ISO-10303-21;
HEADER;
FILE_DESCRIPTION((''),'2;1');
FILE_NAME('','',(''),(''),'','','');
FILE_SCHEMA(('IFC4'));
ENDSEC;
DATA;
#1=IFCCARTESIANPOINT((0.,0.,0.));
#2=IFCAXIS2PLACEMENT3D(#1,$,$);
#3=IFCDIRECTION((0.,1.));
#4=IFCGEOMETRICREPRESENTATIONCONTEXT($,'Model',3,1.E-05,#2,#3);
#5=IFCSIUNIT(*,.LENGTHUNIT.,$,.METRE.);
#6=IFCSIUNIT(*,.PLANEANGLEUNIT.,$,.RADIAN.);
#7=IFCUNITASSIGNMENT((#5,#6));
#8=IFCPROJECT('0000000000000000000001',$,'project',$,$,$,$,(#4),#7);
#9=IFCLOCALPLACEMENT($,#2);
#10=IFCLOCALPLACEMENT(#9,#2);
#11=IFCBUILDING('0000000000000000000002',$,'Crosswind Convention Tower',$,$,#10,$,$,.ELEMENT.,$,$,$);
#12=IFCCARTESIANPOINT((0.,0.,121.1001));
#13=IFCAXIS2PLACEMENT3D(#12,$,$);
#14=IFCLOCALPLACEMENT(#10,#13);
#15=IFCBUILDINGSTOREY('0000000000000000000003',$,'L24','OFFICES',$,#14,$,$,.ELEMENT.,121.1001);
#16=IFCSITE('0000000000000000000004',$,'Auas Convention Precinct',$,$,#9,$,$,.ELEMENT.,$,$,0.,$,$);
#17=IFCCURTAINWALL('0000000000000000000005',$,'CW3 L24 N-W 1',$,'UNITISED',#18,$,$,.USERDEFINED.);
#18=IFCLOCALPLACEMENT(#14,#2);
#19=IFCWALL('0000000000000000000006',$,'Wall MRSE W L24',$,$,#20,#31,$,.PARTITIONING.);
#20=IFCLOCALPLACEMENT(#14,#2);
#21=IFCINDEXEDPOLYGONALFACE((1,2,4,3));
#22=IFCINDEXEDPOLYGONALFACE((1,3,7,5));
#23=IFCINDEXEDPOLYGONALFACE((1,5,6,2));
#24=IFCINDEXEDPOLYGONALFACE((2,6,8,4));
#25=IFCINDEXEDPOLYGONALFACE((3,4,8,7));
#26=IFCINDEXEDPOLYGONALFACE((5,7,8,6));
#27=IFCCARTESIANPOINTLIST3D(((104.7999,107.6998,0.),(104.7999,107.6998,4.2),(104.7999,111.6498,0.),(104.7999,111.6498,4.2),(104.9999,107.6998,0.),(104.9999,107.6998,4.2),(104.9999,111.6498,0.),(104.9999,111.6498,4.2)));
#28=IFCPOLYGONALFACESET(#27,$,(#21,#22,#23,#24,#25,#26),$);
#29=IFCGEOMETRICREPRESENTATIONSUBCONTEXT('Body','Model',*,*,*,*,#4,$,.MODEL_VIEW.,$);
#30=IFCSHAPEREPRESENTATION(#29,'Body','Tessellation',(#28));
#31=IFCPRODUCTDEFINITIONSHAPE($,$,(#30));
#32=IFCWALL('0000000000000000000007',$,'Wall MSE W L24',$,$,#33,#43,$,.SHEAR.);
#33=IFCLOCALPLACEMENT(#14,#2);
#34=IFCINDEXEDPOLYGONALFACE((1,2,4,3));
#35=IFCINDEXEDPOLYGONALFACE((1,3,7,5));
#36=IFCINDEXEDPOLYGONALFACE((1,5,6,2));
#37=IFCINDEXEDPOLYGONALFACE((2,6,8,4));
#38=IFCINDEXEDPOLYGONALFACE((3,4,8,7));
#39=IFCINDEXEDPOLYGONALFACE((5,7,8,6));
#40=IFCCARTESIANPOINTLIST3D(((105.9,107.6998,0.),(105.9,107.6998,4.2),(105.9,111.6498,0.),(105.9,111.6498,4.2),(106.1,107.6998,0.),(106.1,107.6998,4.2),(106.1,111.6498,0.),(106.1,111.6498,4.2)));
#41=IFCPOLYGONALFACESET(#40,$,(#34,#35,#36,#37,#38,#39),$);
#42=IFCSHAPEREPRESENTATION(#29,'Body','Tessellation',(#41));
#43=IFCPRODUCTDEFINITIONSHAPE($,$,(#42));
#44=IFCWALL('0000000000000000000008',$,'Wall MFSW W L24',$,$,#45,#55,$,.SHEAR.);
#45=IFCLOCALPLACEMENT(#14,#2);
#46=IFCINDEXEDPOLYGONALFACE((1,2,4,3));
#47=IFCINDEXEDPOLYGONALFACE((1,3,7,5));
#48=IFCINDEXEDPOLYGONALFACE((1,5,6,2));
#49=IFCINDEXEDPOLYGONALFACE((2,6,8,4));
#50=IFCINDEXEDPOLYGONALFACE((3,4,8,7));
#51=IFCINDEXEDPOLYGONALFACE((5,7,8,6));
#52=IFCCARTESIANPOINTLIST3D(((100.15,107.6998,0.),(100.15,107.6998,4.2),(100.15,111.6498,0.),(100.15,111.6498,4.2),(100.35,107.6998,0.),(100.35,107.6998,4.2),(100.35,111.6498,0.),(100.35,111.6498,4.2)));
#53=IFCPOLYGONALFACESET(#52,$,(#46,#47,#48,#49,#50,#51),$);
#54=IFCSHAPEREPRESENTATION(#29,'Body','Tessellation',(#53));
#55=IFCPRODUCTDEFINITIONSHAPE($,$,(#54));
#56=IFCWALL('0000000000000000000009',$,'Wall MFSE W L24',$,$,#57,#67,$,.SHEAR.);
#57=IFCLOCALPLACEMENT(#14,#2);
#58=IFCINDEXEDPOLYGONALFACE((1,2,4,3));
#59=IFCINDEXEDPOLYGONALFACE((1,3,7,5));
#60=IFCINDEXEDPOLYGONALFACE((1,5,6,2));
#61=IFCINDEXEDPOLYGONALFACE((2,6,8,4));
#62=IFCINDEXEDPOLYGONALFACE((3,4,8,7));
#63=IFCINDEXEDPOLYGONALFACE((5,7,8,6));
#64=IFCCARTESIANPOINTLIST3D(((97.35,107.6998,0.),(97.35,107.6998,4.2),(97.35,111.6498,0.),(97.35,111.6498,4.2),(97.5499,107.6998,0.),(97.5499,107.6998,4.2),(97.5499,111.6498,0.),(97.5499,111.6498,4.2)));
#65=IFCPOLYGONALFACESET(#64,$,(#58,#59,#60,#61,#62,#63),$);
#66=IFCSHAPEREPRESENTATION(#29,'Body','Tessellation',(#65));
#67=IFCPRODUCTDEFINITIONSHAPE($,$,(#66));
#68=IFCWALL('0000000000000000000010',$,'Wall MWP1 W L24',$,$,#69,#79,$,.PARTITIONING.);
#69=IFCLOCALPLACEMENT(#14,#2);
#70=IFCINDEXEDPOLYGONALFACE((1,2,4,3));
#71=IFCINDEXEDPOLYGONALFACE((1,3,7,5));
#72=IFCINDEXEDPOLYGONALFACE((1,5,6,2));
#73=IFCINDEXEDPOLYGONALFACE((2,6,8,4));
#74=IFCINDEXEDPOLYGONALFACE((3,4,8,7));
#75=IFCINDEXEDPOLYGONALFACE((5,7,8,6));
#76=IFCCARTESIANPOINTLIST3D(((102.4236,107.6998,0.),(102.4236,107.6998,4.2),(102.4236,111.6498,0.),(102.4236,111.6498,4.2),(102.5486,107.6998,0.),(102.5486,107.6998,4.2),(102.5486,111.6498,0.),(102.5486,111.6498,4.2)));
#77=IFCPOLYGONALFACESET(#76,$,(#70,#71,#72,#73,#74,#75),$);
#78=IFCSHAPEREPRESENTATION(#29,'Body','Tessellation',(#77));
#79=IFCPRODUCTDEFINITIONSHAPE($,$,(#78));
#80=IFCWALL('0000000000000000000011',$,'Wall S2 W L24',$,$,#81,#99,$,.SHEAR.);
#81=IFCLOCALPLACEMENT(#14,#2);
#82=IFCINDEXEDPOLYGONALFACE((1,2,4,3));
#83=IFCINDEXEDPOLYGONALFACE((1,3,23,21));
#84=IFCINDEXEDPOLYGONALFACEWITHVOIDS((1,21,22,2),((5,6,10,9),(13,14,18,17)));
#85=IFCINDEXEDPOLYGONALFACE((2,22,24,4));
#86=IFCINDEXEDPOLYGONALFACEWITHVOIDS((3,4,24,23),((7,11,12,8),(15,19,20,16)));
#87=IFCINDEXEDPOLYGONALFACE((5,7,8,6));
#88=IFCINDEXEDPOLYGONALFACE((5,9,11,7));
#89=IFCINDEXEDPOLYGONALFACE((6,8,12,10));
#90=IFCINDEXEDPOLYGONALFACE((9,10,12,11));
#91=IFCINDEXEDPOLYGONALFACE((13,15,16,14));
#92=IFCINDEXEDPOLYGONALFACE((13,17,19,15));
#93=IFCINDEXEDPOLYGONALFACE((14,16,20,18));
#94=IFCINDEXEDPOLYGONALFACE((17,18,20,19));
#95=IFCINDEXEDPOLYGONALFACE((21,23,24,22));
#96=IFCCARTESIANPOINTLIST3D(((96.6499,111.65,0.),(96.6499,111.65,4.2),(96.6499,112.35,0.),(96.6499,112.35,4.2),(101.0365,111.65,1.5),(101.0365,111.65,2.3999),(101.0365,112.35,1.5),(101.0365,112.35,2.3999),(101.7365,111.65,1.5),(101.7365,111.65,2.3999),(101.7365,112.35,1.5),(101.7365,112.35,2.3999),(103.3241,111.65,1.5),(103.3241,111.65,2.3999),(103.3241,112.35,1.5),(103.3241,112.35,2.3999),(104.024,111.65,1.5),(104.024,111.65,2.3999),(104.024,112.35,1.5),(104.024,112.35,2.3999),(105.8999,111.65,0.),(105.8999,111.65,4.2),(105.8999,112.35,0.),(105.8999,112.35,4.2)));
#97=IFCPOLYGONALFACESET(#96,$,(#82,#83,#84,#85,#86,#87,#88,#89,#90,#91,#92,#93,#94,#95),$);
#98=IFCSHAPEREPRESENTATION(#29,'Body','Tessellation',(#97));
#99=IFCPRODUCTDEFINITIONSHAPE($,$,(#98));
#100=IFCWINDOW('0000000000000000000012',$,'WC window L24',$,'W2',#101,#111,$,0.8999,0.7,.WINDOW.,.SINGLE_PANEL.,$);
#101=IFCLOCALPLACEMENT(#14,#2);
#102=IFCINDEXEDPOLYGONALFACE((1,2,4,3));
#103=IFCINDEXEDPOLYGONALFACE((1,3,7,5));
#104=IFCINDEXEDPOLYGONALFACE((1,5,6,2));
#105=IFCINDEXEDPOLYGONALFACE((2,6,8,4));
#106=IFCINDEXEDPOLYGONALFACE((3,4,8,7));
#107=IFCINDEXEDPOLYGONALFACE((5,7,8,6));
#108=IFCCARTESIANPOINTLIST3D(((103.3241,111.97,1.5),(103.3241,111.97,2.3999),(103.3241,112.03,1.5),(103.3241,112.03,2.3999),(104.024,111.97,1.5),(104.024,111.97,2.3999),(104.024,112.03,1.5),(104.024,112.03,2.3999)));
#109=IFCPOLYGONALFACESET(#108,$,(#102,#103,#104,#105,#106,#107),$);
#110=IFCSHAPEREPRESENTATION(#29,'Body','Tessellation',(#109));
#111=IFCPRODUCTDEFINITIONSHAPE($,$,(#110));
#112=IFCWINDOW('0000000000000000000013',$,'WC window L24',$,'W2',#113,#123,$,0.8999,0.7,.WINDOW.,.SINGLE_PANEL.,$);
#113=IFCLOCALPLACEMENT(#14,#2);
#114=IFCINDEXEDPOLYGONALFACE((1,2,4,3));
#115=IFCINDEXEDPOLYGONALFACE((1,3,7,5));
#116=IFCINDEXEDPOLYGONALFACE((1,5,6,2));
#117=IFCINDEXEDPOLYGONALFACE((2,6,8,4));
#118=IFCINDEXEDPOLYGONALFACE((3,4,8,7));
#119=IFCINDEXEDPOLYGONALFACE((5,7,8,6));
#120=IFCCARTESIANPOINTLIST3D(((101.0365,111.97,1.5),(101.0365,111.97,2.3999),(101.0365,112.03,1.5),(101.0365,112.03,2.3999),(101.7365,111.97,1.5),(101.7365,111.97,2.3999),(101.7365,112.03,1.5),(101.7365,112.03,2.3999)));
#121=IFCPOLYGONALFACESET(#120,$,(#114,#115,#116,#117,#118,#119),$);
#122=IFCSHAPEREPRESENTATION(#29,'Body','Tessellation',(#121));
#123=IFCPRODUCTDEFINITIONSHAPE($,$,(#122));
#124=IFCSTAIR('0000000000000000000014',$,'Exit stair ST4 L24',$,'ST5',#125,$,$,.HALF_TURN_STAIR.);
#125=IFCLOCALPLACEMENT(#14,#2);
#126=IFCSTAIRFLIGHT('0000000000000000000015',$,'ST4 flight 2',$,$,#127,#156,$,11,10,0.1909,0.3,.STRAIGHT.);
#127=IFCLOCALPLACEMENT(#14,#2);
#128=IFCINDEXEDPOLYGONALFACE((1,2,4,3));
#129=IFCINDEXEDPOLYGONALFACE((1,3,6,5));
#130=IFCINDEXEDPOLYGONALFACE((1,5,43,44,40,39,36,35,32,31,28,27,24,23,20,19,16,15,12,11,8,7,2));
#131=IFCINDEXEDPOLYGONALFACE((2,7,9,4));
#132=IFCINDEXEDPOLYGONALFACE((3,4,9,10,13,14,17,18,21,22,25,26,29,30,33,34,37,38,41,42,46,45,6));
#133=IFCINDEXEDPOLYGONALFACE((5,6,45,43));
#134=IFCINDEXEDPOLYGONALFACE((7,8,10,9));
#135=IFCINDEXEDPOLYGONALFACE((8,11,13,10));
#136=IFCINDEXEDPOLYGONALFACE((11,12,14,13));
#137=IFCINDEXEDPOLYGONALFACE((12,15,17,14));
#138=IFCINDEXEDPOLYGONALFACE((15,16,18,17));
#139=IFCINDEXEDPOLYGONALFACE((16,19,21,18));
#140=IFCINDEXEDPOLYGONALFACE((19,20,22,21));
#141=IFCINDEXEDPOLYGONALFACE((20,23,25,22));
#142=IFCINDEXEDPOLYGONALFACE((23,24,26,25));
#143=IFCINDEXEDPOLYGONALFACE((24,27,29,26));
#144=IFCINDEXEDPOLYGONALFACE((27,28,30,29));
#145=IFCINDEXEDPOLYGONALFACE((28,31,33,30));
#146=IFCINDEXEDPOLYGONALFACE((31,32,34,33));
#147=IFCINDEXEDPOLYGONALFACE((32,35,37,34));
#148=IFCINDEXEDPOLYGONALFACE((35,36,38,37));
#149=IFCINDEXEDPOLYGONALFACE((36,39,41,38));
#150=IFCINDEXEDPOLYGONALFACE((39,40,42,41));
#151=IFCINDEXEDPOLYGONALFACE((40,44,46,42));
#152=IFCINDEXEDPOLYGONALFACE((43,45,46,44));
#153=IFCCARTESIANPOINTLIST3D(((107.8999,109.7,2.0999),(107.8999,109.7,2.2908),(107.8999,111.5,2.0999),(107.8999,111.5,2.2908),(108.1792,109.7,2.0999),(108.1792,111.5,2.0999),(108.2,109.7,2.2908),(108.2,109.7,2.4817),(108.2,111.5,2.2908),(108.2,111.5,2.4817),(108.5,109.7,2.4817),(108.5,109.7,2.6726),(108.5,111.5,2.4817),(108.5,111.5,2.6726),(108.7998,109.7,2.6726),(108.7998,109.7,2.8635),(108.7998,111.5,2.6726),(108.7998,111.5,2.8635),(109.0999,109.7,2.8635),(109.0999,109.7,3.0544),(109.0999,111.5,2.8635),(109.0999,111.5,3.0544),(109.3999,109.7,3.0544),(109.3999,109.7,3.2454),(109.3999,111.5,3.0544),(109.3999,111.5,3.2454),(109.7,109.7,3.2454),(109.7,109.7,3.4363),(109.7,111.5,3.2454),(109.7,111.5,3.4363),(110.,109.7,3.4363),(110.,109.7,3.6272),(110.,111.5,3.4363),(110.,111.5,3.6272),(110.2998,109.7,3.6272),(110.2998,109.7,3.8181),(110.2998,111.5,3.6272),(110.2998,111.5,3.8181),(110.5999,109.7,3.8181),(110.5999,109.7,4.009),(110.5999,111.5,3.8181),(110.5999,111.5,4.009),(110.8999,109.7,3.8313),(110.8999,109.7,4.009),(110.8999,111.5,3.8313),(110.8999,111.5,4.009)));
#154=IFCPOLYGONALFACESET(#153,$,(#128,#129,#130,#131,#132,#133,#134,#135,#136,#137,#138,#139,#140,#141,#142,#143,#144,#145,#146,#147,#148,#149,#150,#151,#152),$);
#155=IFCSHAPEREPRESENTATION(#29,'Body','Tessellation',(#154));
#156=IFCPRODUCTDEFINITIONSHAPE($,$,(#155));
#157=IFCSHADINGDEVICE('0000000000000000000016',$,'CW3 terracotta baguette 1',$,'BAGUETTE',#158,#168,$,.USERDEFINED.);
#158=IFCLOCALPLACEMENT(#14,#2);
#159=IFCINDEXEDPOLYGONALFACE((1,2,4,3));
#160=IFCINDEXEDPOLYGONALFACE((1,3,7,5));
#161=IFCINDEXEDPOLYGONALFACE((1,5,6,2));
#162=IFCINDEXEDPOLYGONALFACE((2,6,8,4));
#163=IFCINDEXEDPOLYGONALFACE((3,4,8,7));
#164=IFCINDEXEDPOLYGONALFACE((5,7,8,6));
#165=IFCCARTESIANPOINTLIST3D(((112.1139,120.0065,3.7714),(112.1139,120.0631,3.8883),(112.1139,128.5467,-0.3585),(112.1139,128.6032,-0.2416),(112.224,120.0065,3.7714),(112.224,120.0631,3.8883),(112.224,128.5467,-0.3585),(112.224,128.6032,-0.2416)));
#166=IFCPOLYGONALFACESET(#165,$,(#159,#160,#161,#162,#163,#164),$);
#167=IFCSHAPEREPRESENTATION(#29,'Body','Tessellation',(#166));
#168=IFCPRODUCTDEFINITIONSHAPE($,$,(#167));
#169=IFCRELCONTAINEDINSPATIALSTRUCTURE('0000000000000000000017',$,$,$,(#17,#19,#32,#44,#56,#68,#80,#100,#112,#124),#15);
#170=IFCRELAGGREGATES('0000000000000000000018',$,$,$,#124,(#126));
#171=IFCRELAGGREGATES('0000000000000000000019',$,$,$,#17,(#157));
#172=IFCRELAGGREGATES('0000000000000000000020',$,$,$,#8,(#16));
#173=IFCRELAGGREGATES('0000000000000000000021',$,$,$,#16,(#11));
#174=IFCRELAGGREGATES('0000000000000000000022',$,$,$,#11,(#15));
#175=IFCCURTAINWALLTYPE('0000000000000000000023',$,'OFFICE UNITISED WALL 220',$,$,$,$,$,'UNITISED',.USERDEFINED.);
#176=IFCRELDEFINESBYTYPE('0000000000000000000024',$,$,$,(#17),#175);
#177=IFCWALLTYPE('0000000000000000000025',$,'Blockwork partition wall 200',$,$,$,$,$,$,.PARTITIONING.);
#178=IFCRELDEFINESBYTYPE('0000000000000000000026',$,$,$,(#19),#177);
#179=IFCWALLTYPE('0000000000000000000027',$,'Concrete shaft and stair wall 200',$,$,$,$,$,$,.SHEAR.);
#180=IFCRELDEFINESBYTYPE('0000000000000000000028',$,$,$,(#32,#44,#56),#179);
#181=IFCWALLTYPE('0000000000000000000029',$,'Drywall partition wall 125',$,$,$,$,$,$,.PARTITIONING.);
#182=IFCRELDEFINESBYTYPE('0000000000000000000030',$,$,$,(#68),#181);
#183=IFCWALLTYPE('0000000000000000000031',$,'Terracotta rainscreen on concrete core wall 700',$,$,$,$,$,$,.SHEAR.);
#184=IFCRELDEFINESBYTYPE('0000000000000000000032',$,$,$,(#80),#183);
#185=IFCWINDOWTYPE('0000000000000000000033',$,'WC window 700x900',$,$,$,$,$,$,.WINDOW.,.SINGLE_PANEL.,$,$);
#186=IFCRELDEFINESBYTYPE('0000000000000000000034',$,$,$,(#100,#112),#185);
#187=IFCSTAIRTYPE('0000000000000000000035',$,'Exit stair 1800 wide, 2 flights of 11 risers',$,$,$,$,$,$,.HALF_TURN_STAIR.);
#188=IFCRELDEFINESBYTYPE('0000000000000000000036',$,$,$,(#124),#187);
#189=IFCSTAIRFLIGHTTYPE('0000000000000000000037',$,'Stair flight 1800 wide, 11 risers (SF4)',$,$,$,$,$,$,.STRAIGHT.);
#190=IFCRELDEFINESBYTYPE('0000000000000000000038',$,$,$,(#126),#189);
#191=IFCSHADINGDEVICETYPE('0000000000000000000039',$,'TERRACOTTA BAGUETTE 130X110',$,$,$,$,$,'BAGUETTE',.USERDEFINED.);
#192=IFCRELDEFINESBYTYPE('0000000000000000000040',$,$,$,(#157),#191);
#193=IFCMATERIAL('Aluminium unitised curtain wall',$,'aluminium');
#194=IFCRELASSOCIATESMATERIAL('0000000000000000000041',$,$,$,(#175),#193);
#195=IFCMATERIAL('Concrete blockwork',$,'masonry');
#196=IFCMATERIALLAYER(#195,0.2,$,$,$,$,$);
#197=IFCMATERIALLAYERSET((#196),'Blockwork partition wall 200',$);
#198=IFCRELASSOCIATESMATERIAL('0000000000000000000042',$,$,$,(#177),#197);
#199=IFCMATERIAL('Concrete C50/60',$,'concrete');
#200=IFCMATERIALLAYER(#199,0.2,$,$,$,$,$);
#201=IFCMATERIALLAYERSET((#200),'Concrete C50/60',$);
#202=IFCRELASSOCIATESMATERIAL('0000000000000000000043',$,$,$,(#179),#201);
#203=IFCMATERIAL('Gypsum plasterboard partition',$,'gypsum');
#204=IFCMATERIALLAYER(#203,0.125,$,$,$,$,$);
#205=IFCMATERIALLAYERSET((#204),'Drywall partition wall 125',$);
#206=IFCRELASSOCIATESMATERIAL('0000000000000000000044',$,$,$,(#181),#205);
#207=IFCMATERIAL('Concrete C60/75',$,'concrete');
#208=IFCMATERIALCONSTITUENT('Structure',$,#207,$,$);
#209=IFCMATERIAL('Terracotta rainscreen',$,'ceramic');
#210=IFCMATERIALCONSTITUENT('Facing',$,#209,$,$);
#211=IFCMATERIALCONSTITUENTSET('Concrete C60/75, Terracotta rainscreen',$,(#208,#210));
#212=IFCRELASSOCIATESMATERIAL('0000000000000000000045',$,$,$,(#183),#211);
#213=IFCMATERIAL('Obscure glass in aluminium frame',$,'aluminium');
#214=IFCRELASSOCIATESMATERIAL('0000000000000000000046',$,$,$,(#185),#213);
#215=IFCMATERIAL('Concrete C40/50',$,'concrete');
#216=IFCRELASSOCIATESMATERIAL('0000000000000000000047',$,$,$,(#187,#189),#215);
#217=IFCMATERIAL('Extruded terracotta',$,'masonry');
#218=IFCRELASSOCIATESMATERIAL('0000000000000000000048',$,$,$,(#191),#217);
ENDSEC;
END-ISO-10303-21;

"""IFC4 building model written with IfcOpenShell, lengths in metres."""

from ifc_helpers import new_model, si_unit, direction, frame, frame_2d, origin, origin_2d, place, context, subcontext, project, spatial, polyline, rectangle, outline, extrude, material, layer, layer_set, constituent, constituent_set, material_profile, profile_set, type_object, element, fill, aggregate, save


model = new_model("IFC4")

# Units and contexts
model_context = context("Model", 3, precision=1e-05, world=origin(), true_north=direction((0.0, 1.0)))
body_context = subcontext(model_context, "Body", "Model", "MODEL_VIEW")
ifc_project = project(units=[si_unit("LENGTHUNIT", "METRE"), si_unit("PLANEANGLEUNIT", "RADIAN")], contexts=[model_context])

# Site, building, storey
site_placement = place(None, origin())
site = spatial("IfcSite", under=ifc_project, at=site_placement, Name="Auas Convention Precinct", CompositionType="ELEMENT", RefElevation=0.0)
building_placement = place(site_placement, origin())
building = spatial("IfcBuilding", under=site, at=building_placement, Name="Crosswind Convention Tower", CompositionType="ELEMENT")
storey_placement = place(building_placement, frame((0.0, 0.0, 121.1001)))
storey = spatial("IfcBuildingStorey", under=building, at=storey_placement, Name="L24", Description="OFFICES", CompositionType="ELEMENT", Elevation=121.1001)

# Shared definitions
ifc_material_1 = material(Name="Concrete C60/75", Category="concrete")

# Shared definitions
ifc_material_2 = material(Name="Aluminium unitised curtain wall", Category="aluminium")

# Shared definitions
curtain_wall_type_1 = type_object("IfcCurtainWallType", Name="OFFICE UNITISED WALL 220", ElementType="UNITISED", PredefinedType="USERDEFINED", material=ifc_material_2)

# Curtain wall
curtain_wall_1_placement = place(storey_placement, origin())
curtain_wall_1 = element("IfcCurtainWall", 1, at=curtain_wall_1_placement, inside=storey, type_object=curtain_wall_type_1, Name="CW3 L24 N-W 1", ObjectType="UNITISED", PredefinedType="USERDEFINED")

# Wall
ifc_material_3 = material(Name="Concrete blockwork", Category="masonry")
ifc_layer_1 = layer(ifc_material_3, 0.2)
ifc_layer_set_1 = layer_set([ifc_layer_1], Name="Blockwork partition wall 200")
wall_type_1 = type_object("IfcWallType", Name="Blockwork partition wall 200", PredefinedType="PARTITIONING", material=ifc_layer_set_1)
wall_1_placement = place(storey_placement, frame((104.8999, 111.6499, 0.0), z_axis=(0.0, 0.0, 1.0), x_axis=(0.0, -1.0, 0.0)))
element("IfcWall", 2, at=wall_1_placement, inside=storey, type_object=wall_type_1, Name="Wall MRSE W L24", PredefinedType="PARTITIONING", context=body_context, shape_type="SweptSolid", body=[
    extrude(rectangle(XDim=3.95, YDim=0.2, at=frame_2d((1.9751, 0.0))), origin(), (0.0, 0.0, 1.0), 4.2),
])

# Walls
ifc_material_4 = material(Name="Concrete C50/60", Category="concrete")
ifc_layer_2 = layer(ifc_material_4, 0.2)
ifc_layer_set_2 = layer_set([ifc_layer_2], Name="Concrete C50/60")
wall_type_2 = type_object("IfcWallType", Name="Concrete shaft and stair wall 200", PredefinedType="SHEAR", material=ifc_layer_set_2)
for number, where, z_axis, x_axis, name in (
    (3, (106.0, 111.6499, 0.0), (0.0, 0.0, 1.0), (0.0, -1.0, 0.0), "Wall MSE W L24"),
    (4, (100.25, 111.6499, 0.0), (0.0, 0.0, 1.0), (0.0, -1.0, 0.0), "Wall MFSW W L24"),
    (5, (97.45, 111.6499, 0.0), (0.0, 0.0, 1.0), (0.0, -1.0, 0.0), "Wall MFSE W L24"),
):
    element("IfcWall", number, at=place(storey_placement, frame(where, z_axis=z_axis, x_axis=x_axis)), inside=storey, type_object=wall_type_2, Name=name, PredefinedType="SHEAR", context=body_context, shape_type="SweptSolid", body=[
        extrude(rectangle(XDim=3.95, YDim=0.2, at=frame_2d((1.9751, 0.0))), origin(), (0.0, 0.0, 1.0), 4.2),
    ])
ifc_material_5 = material(Name="Gypsum plasterboard partition", Category="gypsum")
ifc_layer_3 = layer(ifc_material_5, 0.125)
ifc_layer_set_3 = layer_set([ifc_layer_3], Name="Drywall partition wall 125")
wall_type_3 = type_object("IfcWallType", Name="Drywall partition wall 125", PredefinedType="PARTITIONING", material=ifc_layer_set_3)
wall_2_placement = place(storey_placement, frame((102.4861, 111.6499, 0.0), z_axis=(0.0, 0.0, 1.0), x_axis=(0.0, -1.0, 0.0)))
element("IfcWall", 6, at=wall_2_placement, inside=storey, type_object=wall_type_3, Name="Wall MWP1 W L24", PredefinedType="PARTITIONING", context=body_context, shape_type="SweptSolid", body=[
    extrude(rectangle(XDim=3.95, YDim=0.125, at=frame_2d((1.9751, 0.0))), origin(), (0.0, 0.0, 1.0), 4.2),
])

# Wall, openings, windows
ifc_constituent_1 = constituent(ifc_material_1, Name="Structure")
ifc_material_6 = material(Name="Terracotta rainscreen", Category="ceramic")
ifc_constituent_2 = constituent(ifc_material_6, Name="Facing")
ifc_constituent_set = constituent_set(constituents=[ifc_constituent_1, ifc_constituent_2], Name="Concrete C60/75, Terracotta rainscreen")
wall_type_4 = type_object("IfcWallType", Name="Terracotta rainscreen on concrete core wall 700", PredefinedType="SHEAR", material=ifc_constituent_set)
wall_3_placement = place(storey_placement, frame((105.8999, 112.0, 0.0), z_axis=(0.0, 0.0, 1.0), x_axis=(-1.0, 0.0, 0.0)))
wall_3 = element("IfcWall", 7, at=wall_3_placement, inside=storey, type_object=wall_type_4, Name="Wall S2 W L24", PredefinedType="SHEAR", context=body_context, shape_type="SweptSolid", body=[
    extrude(rectangle(XDim=9.25, YDim=0.7, at=frame_2d((4.625, 0.0))), origin(), (0.0, 0.0, 1.0), 4.2),
])
opening_1_placement = place(wall_3_placement, frame((1.8757, 0.0, 1.5)))
opening_1 = element("IfcOpeningElement", 8, at=opening_1_placement, cuts=wall_3, PredefinedType="OPENING", context=body_context, shape_type="SweptSolid", body=[
    extrude(rectangle(XDim=0.7, YDim=0.8999, at=frame_2d((0.3501, 0.45))), frame((0.0, 0.3599, 0.0), z_axis=(0.0, -1.0, 0.0), x_axis=(1.0, 0.0, 0.0)), (0.0, 0.0, 1.0), 0.72),
])
opening_2_placement = place(wall_3_placement, frame((4.1633, 0.0, 1.5)))
opening_2 = element("IfcOpeningElement", 9, at=opening_2_placement, cuts=wall_3, PredefinedType="OPENING", context=body_context, shape_type="SweptSolid", body=[
    extrude(rectangle(XDim=0.7, YDim=0.8999, at=frame_2d((0.3501, 0.45))), frame((0.0, 0.3599, 0.0), z_axis=(0.0, -1.0, 0.0), x_axis=(1.0, 0.0, 0.0)), (0.0, 0.0, 1.0), 0.72),
])
ifc_material_7 = material(Name="Obscure glass in aluminium frame", Category="aluminium")
window_type = type_object("IfcWindowType", Name="WC window 700x900", PartitioningType="SINGLE_PANEL", PredefinedType="WINDOW", material=ifc_material_7)
window_1_placement = place(opening_1_placement, origin())
window_1 = element("IfcWindow", 10, at=window_1_placement, inside=storey, type_object=window_type, Name="WC window L24", ObjectType="W2", OverallHeight=0.8999, OverallWidth=0.7, PartitioningType="SINGLE_PANEL", PredefinedType="WINDOW", context=body_context, shape_type="SweptSolid", body=[
    extrude(rectangle(XDim=0.7, YDim=0.8999, at=frame_2d((0.3501, 0.45))), frame((0.0, 0.03, 0.0), z_axis=(0.0, -1.0, 0.0), x_axis=(1.0, 0.0, 0.0)), (0.0, 0.0, 1.0), 0.0601),
])
fill(opening_1, window_1)
window_2_placement = place(opening_2_placement, origin())
window_2 = element("IfcWindow", 11, at=window_2_placement, inside=storey, type_object=window_type, Name="WC window L24", ObjectType="W2", OverallHeight=0.8999, OverallWidth=0.7, PartitioningType="SINGLE_PANEL", PredefinedType="WINDOW", context=body_context, shape_type="SweptSolid", body=[
    extrude(rectangle(XDim=0.7, YDim=0.8999, at=frame_2d((0.3501, 0.45))), frame((0.0, 0.03, 0.0), z_axis=(0.0, -1.0, 0.0), x_axis=(1.0, 0.0, 0.0)), (0.0, 0.0, 1.0), 0.0601),
])
fill(opening_2, window_2)

# Stair, stair flight
ifc_material_8 = material(Name="Concrete C40/50", Category="concrete")
stair_type = type_object("IfcStairType", Name="Exit stair 1800 wide, 2 flights of 11 risers", PredefinedType="HALF_TURN_STAIR", material=ifc_material_8)
stair_placement = place(storey_placement, origin())
stair = element("IfcStair", 12, at=stair_placement, inside=storey, type_object=stair_type, Name="Exit stair ST4 L24", ObjectType="ST5", PredefinedType="HALF_TURN_STAIR")
stair_flight_type = type_object("IfcStairFlightType", Name="Stair flight 1800 wide, 11 risers (SF4)", PredefinedType="STRAIGHT", material=ifc_material_8)
stair_flight_placement = place(storey_placement, frame((107.8999, 110.6001, 2.0999), z_axis=(0.0, 0.0, 1.0), x_axis=(1.0, 0.0, 0.0)))
stair_flight = element("IfcStairFlight", 13, at=stair_flight_placement, type_object=stair_flight_type, Name="ST4 flight 2", NumberOfRisers=11, NumberOfTreads=10, PredefinedType="STRAIGHT", RiserHeight=0.1909, TreadLength=0.3, context=body_context, shape_type="SweptSolid", body=[
    extrude(outline(polyline([(0.0, 0.0), (0.0, 0.1909), (0.3, 0.1909), (0.3, 0.3818), (0.6001, 0.3818), (0.6001, 0.5728), (0.8999, 0.5728), (0.8999, 0.7637), (1.2, 0.7637), (1.2, 0.9546), (1.5, 0.9546), (1.5, 1.1455), (1.8, 1.1455), (1.8, 1.3364), (2.1001, 1.3364), (2.1001, 1.5273), (2.3999, 1.5273), (2.3999, 1.7183), (2.7, 1.7183), (2.7, 1.9092), (3.0, 1.9092), (3.0, 2.1001), (3.0, 1.7314), (0.2793, 0.0), (0.0, 0.0)])), frame((0.0, 0.8999, 0.0), z_axis=(0.0, -1.0, 0.0), x_axis=(1.0, 0.0, 0.0)), (0.0, 0.0, 1.0), 1.8),
])
aggregate(stair, [stair_flight])

# Shading device
ifc_material_9 = material(Name="Extruded terracotta", Category="masonry")
ifc_material_profile_1 = material_profile(ifc_material_9, rectangle(XDim=0.1101, YDim=0.1299, at=origin_2d()), Name="TC 110X130")
ifc_profile_set_1 = profile_set([ifc_material_profile_1], Name="Extruded terracotta")
shading_device_type = type_object("IfcShadingDeviceType", Name="TERRACOTTA BAGUETTE 130X110", ElementType="BAGUETTE", PredefinedType="USERDEFINED", material=ifc_profile_set_1)
shading_device_1_placement = place(storey_placement, frame((112.1689, 128.575, -0.3), z_axis=(0.0, -0.900258, 0.435356), x_axis=(1.0, 0.0, 0.0)))
shading_device_1 = element("IfcShadingDevice", 14, at=shading_device_1_placement, type_object=shading_device_type, Name="CW3 terracotta baguette 1", ObjectType="BAGUETTE", PredefinedType="USERDEFINED", context=body_context, shape_type="SweptSolid", body=[
    extrude(rectangle(XDim=0.1101, YDim=0.1299, at=origin_2d()), origin(), (0.0, 0.0, 1.0), 9.4863),
])
aggregate(curtain_wall_1, [shading_device_1])

save(model, "model.ifc")
